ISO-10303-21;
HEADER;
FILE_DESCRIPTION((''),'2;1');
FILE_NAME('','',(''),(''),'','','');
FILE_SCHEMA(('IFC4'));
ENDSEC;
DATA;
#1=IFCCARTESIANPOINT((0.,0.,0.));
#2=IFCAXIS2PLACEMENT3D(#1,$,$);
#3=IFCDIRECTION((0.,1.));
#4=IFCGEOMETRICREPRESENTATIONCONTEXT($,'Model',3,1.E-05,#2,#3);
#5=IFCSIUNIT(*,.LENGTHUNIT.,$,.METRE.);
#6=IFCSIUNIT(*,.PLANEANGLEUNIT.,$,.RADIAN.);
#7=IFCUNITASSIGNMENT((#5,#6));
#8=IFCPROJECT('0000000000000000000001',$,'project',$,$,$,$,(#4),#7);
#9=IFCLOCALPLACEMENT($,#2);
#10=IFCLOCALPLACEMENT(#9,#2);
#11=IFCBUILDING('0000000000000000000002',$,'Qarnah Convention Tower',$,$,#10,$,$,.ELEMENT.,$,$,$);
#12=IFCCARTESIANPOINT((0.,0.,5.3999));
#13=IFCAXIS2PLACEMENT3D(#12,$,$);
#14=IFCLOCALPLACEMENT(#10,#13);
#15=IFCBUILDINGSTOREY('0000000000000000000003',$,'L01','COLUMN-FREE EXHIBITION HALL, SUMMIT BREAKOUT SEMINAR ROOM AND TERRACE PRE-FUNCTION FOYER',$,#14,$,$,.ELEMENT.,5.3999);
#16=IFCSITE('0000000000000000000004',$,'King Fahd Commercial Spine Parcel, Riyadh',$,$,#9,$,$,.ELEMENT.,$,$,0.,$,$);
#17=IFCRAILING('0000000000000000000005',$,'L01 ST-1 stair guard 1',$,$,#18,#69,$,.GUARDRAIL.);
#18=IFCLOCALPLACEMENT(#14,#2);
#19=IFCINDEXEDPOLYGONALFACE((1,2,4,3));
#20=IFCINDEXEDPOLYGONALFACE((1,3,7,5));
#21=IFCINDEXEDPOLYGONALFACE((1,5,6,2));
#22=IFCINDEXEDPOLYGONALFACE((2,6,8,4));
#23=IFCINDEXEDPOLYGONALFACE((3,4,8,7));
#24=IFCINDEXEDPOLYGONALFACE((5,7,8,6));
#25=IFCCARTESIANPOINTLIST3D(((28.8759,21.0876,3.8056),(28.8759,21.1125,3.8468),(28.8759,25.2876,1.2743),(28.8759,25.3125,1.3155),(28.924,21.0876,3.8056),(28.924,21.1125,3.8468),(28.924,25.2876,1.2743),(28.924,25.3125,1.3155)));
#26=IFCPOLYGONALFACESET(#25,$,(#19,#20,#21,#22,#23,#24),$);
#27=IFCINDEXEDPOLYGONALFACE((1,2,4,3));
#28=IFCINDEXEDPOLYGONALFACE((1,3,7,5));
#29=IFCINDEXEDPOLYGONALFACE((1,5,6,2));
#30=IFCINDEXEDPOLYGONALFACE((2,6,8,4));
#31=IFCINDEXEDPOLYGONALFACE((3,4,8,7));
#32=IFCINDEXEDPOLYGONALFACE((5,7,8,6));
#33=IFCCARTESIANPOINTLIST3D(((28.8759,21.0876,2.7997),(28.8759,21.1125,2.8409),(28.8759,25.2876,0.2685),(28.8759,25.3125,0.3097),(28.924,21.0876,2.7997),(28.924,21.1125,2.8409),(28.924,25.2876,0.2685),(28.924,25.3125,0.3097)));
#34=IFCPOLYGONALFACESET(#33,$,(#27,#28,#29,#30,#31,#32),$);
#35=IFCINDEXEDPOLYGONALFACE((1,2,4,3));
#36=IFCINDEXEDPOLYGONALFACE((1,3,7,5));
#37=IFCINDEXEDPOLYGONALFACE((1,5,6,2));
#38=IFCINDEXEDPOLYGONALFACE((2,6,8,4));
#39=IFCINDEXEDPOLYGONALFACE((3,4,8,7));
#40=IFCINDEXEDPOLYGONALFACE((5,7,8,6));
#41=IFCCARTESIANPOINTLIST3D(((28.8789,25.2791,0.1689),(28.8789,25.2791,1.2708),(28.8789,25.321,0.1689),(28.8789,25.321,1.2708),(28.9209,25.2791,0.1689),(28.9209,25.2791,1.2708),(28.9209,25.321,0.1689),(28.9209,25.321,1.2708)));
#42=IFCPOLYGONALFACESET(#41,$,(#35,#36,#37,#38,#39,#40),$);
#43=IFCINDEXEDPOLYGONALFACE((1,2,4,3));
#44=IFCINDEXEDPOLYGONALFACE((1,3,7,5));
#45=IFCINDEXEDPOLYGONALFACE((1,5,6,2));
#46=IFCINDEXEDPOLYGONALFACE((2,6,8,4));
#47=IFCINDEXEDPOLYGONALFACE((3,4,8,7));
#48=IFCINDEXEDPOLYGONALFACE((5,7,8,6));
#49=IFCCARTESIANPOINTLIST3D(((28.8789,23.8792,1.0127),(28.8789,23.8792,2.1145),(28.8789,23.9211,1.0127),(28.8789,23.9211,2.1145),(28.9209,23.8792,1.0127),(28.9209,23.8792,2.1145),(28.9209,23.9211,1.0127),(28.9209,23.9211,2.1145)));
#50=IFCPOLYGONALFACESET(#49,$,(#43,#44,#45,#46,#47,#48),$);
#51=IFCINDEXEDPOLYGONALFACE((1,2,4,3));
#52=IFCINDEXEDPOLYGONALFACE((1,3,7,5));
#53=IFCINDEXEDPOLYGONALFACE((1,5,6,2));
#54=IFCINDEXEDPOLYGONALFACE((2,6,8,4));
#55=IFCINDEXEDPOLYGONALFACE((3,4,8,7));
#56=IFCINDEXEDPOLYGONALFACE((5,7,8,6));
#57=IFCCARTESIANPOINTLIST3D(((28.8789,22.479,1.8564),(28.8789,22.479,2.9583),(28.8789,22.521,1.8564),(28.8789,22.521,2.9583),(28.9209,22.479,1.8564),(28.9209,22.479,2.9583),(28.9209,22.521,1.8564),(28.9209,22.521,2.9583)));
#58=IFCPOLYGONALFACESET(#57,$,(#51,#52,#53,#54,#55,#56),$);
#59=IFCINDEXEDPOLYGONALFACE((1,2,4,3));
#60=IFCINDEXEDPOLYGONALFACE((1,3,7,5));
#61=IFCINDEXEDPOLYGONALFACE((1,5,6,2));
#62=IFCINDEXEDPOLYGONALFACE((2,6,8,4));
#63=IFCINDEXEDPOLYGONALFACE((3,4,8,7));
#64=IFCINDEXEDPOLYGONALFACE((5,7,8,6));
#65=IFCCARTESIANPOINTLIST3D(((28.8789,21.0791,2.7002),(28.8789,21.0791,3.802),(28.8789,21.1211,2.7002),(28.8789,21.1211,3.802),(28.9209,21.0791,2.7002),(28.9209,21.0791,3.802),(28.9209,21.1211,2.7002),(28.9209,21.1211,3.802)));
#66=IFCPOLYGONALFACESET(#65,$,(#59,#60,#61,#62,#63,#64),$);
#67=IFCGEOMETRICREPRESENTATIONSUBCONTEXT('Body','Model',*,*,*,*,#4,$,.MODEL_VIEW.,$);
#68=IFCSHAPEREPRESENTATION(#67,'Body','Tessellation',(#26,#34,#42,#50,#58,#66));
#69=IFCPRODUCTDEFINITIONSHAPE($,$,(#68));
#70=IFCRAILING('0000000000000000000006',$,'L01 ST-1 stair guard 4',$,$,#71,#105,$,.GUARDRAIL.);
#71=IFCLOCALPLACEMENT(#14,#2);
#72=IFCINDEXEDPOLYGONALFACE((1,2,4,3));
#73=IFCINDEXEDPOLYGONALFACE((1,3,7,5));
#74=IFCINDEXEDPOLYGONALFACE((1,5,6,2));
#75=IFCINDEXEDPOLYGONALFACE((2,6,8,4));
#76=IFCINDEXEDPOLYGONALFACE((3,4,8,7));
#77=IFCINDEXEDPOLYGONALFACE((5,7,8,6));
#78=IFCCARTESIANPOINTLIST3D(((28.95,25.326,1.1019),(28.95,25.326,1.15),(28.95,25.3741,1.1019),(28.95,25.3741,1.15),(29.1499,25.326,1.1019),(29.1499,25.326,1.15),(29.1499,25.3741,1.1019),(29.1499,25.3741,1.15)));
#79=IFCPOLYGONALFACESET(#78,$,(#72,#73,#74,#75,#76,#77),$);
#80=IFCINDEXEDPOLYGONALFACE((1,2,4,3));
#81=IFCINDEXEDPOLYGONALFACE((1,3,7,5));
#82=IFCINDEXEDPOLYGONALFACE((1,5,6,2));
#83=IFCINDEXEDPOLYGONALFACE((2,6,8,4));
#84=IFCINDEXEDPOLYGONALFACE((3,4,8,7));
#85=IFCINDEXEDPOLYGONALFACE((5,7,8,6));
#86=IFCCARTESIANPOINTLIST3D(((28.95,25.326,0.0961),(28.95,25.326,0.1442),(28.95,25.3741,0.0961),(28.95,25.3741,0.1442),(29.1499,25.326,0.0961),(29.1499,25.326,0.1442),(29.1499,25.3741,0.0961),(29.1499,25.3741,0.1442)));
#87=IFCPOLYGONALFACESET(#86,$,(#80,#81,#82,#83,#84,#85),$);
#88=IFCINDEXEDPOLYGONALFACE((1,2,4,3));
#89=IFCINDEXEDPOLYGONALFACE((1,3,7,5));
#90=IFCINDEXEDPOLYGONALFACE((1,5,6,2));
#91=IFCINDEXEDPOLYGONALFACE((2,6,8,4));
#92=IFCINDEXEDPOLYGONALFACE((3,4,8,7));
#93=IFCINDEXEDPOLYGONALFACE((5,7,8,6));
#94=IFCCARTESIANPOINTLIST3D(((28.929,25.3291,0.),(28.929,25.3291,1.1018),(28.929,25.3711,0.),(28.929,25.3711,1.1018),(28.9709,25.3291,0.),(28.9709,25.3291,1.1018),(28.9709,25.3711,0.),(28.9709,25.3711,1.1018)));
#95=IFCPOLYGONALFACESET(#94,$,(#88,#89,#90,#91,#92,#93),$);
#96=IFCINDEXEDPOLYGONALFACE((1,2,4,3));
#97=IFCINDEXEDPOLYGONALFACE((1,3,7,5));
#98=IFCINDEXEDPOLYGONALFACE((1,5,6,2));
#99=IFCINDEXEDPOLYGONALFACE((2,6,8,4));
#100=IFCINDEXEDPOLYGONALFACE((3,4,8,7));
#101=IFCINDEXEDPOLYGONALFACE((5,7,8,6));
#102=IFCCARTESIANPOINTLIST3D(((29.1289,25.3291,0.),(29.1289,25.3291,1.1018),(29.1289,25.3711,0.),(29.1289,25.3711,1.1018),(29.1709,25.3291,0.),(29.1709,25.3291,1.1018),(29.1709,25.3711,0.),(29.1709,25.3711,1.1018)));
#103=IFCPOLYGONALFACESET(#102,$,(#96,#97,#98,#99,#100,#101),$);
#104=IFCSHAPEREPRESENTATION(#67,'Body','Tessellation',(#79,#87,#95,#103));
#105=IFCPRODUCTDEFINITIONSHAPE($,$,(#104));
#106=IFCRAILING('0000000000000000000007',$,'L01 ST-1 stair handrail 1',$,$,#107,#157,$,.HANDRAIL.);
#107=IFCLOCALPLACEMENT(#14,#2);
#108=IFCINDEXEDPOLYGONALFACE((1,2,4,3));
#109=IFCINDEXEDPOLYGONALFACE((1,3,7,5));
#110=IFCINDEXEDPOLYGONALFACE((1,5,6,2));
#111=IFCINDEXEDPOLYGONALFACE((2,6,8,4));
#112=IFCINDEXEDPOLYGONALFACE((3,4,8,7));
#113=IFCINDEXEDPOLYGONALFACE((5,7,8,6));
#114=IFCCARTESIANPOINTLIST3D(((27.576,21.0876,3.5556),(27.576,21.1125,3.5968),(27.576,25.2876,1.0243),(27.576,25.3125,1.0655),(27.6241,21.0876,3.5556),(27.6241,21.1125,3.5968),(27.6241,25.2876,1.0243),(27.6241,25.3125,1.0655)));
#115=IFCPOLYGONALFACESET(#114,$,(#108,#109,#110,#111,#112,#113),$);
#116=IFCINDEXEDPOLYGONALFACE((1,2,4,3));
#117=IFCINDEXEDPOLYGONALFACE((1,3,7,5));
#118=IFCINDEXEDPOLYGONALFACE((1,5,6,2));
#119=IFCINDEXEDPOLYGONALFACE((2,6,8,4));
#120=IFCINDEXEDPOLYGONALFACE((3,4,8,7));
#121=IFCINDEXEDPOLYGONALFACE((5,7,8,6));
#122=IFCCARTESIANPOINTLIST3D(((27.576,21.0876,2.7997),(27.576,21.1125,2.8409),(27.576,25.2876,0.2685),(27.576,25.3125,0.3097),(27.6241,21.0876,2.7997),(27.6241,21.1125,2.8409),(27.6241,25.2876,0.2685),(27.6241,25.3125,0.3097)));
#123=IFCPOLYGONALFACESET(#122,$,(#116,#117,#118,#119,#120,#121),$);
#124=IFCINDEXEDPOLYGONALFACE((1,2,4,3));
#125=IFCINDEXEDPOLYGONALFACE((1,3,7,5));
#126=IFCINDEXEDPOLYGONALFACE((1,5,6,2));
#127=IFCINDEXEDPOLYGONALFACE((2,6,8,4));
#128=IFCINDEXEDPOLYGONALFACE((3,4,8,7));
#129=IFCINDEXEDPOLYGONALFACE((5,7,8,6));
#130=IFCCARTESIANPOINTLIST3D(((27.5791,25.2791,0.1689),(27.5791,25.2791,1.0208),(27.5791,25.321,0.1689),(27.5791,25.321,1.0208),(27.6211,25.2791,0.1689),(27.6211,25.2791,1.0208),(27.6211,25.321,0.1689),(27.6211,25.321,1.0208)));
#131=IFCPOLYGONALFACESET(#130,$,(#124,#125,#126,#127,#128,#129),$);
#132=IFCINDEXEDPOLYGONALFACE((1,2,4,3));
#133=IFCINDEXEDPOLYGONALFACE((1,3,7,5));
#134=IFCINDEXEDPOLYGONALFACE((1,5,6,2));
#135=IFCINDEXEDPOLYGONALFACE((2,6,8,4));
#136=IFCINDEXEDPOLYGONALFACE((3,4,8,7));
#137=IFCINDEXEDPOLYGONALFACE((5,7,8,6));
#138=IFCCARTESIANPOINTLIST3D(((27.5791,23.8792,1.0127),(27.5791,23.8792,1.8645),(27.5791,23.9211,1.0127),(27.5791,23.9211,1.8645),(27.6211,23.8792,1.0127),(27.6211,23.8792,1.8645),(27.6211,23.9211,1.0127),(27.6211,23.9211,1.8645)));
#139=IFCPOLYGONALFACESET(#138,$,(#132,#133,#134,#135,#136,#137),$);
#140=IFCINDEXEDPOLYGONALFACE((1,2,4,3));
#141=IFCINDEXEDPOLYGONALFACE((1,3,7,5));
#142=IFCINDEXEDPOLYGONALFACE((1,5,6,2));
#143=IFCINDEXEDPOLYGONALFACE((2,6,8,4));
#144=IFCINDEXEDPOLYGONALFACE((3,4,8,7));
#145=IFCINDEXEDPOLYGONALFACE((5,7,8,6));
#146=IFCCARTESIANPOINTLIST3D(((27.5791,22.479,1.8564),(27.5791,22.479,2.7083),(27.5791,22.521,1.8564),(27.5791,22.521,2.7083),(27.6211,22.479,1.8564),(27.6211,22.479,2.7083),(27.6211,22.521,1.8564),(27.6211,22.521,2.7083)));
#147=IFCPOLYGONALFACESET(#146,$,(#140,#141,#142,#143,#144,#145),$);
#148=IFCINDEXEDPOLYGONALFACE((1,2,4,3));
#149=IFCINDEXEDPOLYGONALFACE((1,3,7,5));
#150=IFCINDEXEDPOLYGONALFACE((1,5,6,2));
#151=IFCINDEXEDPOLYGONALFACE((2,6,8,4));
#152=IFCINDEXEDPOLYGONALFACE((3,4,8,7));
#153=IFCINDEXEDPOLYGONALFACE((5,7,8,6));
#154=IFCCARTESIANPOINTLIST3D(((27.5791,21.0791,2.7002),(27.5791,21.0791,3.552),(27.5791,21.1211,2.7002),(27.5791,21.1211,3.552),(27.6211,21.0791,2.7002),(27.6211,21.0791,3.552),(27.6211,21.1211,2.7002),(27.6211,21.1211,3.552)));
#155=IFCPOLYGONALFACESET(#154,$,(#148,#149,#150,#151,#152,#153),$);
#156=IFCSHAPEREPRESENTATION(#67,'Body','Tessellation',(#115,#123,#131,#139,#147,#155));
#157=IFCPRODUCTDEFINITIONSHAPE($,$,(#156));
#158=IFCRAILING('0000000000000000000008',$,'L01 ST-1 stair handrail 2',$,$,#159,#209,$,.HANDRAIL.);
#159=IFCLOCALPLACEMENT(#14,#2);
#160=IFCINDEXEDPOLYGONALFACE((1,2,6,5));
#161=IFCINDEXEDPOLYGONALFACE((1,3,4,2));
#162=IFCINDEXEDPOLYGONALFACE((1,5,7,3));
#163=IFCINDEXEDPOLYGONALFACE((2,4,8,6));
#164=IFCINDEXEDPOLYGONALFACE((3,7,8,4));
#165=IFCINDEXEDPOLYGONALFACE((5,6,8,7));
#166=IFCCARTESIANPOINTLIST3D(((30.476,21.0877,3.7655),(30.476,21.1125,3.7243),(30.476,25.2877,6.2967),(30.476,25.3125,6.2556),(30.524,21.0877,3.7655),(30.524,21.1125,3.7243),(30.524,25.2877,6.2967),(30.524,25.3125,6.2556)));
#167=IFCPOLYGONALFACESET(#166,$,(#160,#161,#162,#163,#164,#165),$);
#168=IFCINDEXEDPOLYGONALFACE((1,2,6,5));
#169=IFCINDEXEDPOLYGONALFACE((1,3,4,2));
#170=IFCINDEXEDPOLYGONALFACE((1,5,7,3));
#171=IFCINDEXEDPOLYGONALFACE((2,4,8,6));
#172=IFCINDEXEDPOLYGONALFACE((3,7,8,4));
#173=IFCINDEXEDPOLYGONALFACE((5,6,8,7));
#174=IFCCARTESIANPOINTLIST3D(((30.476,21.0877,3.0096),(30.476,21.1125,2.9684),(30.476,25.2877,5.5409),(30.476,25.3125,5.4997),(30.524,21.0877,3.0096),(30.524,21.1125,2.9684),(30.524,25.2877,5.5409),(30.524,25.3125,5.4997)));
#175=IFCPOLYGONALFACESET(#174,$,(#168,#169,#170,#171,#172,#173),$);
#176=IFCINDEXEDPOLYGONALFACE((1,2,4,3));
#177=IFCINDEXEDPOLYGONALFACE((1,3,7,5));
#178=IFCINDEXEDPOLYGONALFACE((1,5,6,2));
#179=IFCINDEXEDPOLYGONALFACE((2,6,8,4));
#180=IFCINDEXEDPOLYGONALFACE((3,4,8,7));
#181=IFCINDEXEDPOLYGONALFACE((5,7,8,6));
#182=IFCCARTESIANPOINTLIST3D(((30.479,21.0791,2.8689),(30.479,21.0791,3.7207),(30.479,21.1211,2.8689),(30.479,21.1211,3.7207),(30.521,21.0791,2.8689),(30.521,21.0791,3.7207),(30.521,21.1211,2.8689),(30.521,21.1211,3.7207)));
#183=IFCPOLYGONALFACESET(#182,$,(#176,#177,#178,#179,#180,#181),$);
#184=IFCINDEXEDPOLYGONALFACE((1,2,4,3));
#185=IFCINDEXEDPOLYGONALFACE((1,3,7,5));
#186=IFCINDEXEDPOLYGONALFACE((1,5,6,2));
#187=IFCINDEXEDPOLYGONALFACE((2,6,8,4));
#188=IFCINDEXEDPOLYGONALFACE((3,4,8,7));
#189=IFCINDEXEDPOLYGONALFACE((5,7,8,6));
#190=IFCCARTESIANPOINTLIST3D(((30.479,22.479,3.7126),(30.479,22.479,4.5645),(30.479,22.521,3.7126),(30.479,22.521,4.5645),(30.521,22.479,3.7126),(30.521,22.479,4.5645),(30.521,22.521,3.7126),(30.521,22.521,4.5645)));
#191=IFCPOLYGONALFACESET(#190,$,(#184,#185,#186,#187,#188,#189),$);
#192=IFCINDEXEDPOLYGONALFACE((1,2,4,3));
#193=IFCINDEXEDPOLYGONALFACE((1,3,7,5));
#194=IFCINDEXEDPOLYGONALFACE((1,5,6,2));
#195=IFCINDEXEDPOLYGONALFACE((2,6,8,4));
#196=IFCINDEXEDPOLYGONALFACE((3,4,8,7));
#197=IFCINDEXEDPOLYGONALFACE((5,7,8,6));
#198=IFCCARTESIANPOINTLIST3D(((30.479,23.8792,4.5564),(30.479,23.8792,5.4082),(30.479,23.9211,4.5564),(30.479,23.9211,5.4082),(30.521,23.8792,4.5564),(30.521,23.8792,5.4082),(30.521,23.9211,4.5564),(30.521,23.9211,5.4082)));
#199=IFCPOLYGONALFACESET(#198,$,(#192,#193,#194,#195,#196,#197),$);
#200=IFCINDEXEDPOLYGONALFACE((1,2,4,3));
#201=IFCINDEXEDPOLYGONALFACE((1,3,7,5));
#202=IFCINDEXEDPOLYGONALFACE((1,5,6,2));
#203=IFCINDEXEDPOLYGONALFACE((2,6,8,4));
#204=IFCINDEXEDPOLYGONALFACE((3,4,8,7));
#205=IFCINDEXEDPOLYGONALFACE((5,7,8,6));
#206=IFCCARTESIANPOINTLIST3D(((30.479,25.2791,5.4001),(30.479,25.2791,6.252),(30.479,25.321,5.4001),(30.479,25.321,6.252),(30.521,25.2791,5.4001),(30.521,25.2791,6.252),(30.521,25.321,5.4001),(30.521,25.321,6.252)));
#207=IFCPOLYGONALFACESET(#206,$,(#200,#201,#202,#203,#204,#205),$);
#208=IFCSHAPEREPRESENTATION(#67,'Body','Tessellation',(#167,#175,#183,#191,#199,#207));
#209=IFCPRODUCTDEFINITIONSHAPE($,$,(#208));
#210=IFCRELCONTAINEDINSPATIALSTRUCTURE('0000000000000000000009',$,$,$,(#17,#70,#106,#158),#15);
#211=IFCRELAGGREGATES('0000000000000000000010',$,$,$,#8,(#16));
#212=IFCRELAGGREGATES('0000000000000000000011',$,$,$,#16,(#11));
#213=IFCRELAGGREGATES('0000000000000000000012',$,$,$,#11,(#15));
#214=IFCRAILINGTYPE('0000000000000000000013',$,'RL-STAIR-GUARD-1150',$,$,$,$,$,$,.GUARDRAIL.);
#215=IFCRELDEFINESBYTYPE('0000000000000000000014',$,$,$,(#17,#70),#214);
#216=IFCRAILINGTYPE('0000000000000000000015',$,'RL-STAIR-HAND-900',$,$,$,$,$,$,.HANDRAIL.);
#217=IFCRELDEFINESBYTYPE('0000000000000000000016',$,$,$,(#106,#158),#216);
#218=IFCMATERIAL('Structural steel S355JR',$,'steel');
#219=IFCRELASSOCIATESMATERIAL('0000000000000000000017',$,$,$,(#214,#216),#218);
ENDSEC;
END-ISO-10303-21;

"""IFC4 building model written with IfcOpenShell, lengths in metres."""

from ifc_helpers import new_model, si_unit, direction, frame, origin, origin_2d, place, context, subcontext, project, spatial, rectangle, extrude, material, type_object, element, save


model = new_model("IFC4")

# Units and contexts
model_context = context("Model", 3, precision=1e-05, world=origin(), true_north=direction((0.0, 1.0)))
body_context = subcontext(model_context, "Body", "Model", "MODEL_VIEW")
ifc_project = project(units=[si_unit("LENGTHUNIT", "METRE"), si_unit("PLANEANGLEUNIT", "RADIAN")], contexts=[model_context])

# Site, building, storey
site_placement = place(None, origin())
site = spatial("IfcSite", under=ifc_project, at=site_placement, Name="King Fahd Commercial Spine Parcel, Riyadh", CompositionType="ELEMENT", RefElevation=0.0)
building_placement = place(site_placement, origin())
building = spatial("IfcBuilding", under=site, at=building_placement, Name="Qarnah Convention Tower", CompositionType="ELEMENT")
storey_placement = place(building_placement, frame((0.0, 0.0, 5.3999)))
storey = spatial("IfcBuildingStorey", under=building, at=storey_placement, Name="L01", Description="COLUMN-FREE EXHIBITION HALL, SUMMIT BREAKOUT SEMINAR ROOM AND TERRACE PRE-FUNCTION FOYER", CompositionType="ELEMENT", Elevation=5.3999)

# Shared definitions
ifc_material_1 = material(Name="Structural steel S355JR", Category="steel")

# Railings
railing_type_1 = type_object("IfcRailingType", Name="RL-STAIR-GUARD-1150", PredefinedType="GUARDRAIL", material=ifc_material_1)
railing_1_placement = place(storey_placement, frame((28.8999, 25.3, 0.1689)))
element("IfcRailing", 1, at=railing_1_placement, inside=storey, type_object=railing_type_1, Name="L01 ST-1 stair guard 1", PredefinedType="GUARDRAIL", context=body_context, shape_type="SweptSolid", body=[
    extrude(rectangle(XDim=0.0481, YDim=0.0481, at=origin_2d()), frame((0.0, 0.0, 1.126), z_axis=(0.0, -0.856476, 0.516186), x_axis=(1.0, 0.0, 0.0)), (0.0, 0.0, 1.0), 4.9038),
    extrude(rectangle(XDim=0.0481, YDim=0.0481, at=origin_2d()), frame((0.0, 0.0, 0.1201), z_axis=(0.0, -0.856476, 0.516186), x_axis=(1.0, 0.0, 0.0)), (0.0, 0.0, 1.0), 4.9038),
    extrude(rectangle(XDim=0.042, YDim=0.042, at=origin_2d()), origin(), (0.0, 0.0, 1.0), 1.1018),
    extrude(rectangle(XDim=0.042, YDim=0.042, at=origin_2d()), frame((0.0, -1.3999, 0.8438)), (0.0, 0.0, 1.0), 1.1018),
    extrude(rectangle(XDim=0.042, YDim=0.042, at=origin_2d()), frame((0.0, -2.8, 1.6875)), (0.0, 0.0, 1.0), 1.1018),
    extrude(rectangle(XDim=0.042, YDim=0.042, at=origin_2d()), frame((0.0, -4.2, 2.5312)), (0.0, 0.0, 1.0), 1.1018),
])
railing_2_placement = place(storey_placement, frame((28.95, 25.3501, 0.0)))
element("IfcRailing", 2, at=railing_2_placement, inside=storey, type_object=railing_type_1, Name="L01 ST-1 stair guard 4", PredefinedType="GUARDRAIL", context=body_context, shape_type="SweptSolid", body=[
    extrude(rectangle(XDim=0.0481, YDim=0.0481, at=origin_2d()), frame((0.0, 0.0, 1.126), z_axis=(1.0, 0.0, 0.0), x_axis=(0.0, 1.0, 0.0)), (0.0, 0.0, 1.0), 0.2),
    extrude(rectangle(XDim=0.0481, YDim=0.0481, at=origin_2d()), frame((0.0, 0.0, 0.1201), z_axis=(1.0, 0.0, 0.0), x_axis=(0.0, 1.0, 0.0)), (0.0, 0.0, 1.0), 0.2),
    extrude(rectangle(XDim=0.042, YDim=0.042, at=origin_2d()), origin(), (0.0, 0.0, 1.0), 1.1018),
    extrude(rectangle(XDim=0.042, YDim=0.042, at=origin_2d()), frame((0.2, 0.0, 0.0)), (0.0, 0.0, 1.0), 1.1018),
])
railing_type_2 = type_object("IfcRailingType", Name="RL-STAIR-HAND-900", PredefinedType="HANDRAIL", material=ifc_material_1)
railing_3_placement = place(storey_placement, frame((27.6001, 25.3, 0.1689)))
element("IfcRailing", 3, at=railing_3_placement, inside=storey, type_object=railing_type_2, Name="L01 ST-1 stair handrail 1", PredefinedType="HANDRAIL", context=body_context, shape_type="SweptSolid", body=[
    extrude(rectangle(XDim=0.0481, YDim=0.0481, at=origin_2d()), frame((0.0, 0.0, 0.876), z_axis=(0.0, -0.856476, 0.516186), x_axis=(1.0, 0.0, 0.0)), (0.0, 0.0, 1.0), 4.9038),
    extrude(rectangle(XDim=0.0481, YDim=0.0481, at=origin_2d()), frame((0.0, 0.0, 0.1201), z_axis=(0.0, -0.856476, 0.516186), x_axis=(1.0, 0.0, 0.0)), (0.0, 0.0, 1.0), 4.9038),
    extrude(rectangle(XDim=0.042, YDim=0.042, at=origin_2d()), origin(), (0.0, 0.0, 1.0), 0.8518),
    extrude(rectangle(XDim=0.042, YDim=0.042, at=origin_2d()), frame((0.0, -1.3999, 0.8438)), (0.0, 0.0, 1.0), 0.8518),
    extrude(rectangle(XDim=0.042, YDim=0.042, at=origin_2d()), frame((0.0, -2.8, 1.6875)), (0.0, 0.0, 1.0), 0.8518),
    extrude(rectangle(XDim=0.042, YDim=0.042, at=origin_2d()), frame((0.0, -4.2, 2.5312)), (0.0, 0.0, 1.0), 0.8518),
])
railing_4_placement = place(storey_placement, frame((30.5, 21.1001, 2.8689)))
element("IfcRailing", 4, at=railing_4_placement, inside=storey, type_object=railing_type_2, Name="L01 ST-1 stair handrail 2", PredefinedType="HANDRAIL", context=body_context, shape_type="SweptSolid", body=[
    extrude(rectangle(XDim=0.0481, YDim=0.0481, at=origin_2d()), frame((0.0, 0.0, 0.876), z_axis=(0.0, 0.856476, 0.516186), x_axis=(-1.0, 0.0, 0.0)), (0.0, 0.0, 1.0), 4.9038),
    extrude(rectangle(XDim=0.0481, YDim=0.0481, at=origin_2d()), frame((0.0, 0.0, 0.1201), z_axis=(0.0, 0.856476, 0.516186), x_axis=(-1.0, 0.0, 0.0)), (0.0, 0.0, 1.0), 4.9038),
    extrude(rectangle(XDim=0.042, YDim=0.042, at=origin_2d()), origin(), (0.0, 0.0, 1.0), 0.8518),
    extrude(rectangle(XDim=0.042, YDim=0.042, at=origin_2d()), frame((0.0, 1.3999, 0.8438)), (0.0, 0.0, 1.0), 0.8518),
    extrude(rectangle(XDim=0.042, YDim=0.042, at=origin_2d()), frame((0.0, 2.8, 1.6875)), (0.0, 0.0, 1.0), 0.8518),
    extrude(rectangle(XDim=0.042, YDim=0.042, at=origin_2d()), frame((0.0, 4.2, 2.5312)), (0.0, 0.0, 1.0), 0.8518),
])

save(model, "model.ifc")
